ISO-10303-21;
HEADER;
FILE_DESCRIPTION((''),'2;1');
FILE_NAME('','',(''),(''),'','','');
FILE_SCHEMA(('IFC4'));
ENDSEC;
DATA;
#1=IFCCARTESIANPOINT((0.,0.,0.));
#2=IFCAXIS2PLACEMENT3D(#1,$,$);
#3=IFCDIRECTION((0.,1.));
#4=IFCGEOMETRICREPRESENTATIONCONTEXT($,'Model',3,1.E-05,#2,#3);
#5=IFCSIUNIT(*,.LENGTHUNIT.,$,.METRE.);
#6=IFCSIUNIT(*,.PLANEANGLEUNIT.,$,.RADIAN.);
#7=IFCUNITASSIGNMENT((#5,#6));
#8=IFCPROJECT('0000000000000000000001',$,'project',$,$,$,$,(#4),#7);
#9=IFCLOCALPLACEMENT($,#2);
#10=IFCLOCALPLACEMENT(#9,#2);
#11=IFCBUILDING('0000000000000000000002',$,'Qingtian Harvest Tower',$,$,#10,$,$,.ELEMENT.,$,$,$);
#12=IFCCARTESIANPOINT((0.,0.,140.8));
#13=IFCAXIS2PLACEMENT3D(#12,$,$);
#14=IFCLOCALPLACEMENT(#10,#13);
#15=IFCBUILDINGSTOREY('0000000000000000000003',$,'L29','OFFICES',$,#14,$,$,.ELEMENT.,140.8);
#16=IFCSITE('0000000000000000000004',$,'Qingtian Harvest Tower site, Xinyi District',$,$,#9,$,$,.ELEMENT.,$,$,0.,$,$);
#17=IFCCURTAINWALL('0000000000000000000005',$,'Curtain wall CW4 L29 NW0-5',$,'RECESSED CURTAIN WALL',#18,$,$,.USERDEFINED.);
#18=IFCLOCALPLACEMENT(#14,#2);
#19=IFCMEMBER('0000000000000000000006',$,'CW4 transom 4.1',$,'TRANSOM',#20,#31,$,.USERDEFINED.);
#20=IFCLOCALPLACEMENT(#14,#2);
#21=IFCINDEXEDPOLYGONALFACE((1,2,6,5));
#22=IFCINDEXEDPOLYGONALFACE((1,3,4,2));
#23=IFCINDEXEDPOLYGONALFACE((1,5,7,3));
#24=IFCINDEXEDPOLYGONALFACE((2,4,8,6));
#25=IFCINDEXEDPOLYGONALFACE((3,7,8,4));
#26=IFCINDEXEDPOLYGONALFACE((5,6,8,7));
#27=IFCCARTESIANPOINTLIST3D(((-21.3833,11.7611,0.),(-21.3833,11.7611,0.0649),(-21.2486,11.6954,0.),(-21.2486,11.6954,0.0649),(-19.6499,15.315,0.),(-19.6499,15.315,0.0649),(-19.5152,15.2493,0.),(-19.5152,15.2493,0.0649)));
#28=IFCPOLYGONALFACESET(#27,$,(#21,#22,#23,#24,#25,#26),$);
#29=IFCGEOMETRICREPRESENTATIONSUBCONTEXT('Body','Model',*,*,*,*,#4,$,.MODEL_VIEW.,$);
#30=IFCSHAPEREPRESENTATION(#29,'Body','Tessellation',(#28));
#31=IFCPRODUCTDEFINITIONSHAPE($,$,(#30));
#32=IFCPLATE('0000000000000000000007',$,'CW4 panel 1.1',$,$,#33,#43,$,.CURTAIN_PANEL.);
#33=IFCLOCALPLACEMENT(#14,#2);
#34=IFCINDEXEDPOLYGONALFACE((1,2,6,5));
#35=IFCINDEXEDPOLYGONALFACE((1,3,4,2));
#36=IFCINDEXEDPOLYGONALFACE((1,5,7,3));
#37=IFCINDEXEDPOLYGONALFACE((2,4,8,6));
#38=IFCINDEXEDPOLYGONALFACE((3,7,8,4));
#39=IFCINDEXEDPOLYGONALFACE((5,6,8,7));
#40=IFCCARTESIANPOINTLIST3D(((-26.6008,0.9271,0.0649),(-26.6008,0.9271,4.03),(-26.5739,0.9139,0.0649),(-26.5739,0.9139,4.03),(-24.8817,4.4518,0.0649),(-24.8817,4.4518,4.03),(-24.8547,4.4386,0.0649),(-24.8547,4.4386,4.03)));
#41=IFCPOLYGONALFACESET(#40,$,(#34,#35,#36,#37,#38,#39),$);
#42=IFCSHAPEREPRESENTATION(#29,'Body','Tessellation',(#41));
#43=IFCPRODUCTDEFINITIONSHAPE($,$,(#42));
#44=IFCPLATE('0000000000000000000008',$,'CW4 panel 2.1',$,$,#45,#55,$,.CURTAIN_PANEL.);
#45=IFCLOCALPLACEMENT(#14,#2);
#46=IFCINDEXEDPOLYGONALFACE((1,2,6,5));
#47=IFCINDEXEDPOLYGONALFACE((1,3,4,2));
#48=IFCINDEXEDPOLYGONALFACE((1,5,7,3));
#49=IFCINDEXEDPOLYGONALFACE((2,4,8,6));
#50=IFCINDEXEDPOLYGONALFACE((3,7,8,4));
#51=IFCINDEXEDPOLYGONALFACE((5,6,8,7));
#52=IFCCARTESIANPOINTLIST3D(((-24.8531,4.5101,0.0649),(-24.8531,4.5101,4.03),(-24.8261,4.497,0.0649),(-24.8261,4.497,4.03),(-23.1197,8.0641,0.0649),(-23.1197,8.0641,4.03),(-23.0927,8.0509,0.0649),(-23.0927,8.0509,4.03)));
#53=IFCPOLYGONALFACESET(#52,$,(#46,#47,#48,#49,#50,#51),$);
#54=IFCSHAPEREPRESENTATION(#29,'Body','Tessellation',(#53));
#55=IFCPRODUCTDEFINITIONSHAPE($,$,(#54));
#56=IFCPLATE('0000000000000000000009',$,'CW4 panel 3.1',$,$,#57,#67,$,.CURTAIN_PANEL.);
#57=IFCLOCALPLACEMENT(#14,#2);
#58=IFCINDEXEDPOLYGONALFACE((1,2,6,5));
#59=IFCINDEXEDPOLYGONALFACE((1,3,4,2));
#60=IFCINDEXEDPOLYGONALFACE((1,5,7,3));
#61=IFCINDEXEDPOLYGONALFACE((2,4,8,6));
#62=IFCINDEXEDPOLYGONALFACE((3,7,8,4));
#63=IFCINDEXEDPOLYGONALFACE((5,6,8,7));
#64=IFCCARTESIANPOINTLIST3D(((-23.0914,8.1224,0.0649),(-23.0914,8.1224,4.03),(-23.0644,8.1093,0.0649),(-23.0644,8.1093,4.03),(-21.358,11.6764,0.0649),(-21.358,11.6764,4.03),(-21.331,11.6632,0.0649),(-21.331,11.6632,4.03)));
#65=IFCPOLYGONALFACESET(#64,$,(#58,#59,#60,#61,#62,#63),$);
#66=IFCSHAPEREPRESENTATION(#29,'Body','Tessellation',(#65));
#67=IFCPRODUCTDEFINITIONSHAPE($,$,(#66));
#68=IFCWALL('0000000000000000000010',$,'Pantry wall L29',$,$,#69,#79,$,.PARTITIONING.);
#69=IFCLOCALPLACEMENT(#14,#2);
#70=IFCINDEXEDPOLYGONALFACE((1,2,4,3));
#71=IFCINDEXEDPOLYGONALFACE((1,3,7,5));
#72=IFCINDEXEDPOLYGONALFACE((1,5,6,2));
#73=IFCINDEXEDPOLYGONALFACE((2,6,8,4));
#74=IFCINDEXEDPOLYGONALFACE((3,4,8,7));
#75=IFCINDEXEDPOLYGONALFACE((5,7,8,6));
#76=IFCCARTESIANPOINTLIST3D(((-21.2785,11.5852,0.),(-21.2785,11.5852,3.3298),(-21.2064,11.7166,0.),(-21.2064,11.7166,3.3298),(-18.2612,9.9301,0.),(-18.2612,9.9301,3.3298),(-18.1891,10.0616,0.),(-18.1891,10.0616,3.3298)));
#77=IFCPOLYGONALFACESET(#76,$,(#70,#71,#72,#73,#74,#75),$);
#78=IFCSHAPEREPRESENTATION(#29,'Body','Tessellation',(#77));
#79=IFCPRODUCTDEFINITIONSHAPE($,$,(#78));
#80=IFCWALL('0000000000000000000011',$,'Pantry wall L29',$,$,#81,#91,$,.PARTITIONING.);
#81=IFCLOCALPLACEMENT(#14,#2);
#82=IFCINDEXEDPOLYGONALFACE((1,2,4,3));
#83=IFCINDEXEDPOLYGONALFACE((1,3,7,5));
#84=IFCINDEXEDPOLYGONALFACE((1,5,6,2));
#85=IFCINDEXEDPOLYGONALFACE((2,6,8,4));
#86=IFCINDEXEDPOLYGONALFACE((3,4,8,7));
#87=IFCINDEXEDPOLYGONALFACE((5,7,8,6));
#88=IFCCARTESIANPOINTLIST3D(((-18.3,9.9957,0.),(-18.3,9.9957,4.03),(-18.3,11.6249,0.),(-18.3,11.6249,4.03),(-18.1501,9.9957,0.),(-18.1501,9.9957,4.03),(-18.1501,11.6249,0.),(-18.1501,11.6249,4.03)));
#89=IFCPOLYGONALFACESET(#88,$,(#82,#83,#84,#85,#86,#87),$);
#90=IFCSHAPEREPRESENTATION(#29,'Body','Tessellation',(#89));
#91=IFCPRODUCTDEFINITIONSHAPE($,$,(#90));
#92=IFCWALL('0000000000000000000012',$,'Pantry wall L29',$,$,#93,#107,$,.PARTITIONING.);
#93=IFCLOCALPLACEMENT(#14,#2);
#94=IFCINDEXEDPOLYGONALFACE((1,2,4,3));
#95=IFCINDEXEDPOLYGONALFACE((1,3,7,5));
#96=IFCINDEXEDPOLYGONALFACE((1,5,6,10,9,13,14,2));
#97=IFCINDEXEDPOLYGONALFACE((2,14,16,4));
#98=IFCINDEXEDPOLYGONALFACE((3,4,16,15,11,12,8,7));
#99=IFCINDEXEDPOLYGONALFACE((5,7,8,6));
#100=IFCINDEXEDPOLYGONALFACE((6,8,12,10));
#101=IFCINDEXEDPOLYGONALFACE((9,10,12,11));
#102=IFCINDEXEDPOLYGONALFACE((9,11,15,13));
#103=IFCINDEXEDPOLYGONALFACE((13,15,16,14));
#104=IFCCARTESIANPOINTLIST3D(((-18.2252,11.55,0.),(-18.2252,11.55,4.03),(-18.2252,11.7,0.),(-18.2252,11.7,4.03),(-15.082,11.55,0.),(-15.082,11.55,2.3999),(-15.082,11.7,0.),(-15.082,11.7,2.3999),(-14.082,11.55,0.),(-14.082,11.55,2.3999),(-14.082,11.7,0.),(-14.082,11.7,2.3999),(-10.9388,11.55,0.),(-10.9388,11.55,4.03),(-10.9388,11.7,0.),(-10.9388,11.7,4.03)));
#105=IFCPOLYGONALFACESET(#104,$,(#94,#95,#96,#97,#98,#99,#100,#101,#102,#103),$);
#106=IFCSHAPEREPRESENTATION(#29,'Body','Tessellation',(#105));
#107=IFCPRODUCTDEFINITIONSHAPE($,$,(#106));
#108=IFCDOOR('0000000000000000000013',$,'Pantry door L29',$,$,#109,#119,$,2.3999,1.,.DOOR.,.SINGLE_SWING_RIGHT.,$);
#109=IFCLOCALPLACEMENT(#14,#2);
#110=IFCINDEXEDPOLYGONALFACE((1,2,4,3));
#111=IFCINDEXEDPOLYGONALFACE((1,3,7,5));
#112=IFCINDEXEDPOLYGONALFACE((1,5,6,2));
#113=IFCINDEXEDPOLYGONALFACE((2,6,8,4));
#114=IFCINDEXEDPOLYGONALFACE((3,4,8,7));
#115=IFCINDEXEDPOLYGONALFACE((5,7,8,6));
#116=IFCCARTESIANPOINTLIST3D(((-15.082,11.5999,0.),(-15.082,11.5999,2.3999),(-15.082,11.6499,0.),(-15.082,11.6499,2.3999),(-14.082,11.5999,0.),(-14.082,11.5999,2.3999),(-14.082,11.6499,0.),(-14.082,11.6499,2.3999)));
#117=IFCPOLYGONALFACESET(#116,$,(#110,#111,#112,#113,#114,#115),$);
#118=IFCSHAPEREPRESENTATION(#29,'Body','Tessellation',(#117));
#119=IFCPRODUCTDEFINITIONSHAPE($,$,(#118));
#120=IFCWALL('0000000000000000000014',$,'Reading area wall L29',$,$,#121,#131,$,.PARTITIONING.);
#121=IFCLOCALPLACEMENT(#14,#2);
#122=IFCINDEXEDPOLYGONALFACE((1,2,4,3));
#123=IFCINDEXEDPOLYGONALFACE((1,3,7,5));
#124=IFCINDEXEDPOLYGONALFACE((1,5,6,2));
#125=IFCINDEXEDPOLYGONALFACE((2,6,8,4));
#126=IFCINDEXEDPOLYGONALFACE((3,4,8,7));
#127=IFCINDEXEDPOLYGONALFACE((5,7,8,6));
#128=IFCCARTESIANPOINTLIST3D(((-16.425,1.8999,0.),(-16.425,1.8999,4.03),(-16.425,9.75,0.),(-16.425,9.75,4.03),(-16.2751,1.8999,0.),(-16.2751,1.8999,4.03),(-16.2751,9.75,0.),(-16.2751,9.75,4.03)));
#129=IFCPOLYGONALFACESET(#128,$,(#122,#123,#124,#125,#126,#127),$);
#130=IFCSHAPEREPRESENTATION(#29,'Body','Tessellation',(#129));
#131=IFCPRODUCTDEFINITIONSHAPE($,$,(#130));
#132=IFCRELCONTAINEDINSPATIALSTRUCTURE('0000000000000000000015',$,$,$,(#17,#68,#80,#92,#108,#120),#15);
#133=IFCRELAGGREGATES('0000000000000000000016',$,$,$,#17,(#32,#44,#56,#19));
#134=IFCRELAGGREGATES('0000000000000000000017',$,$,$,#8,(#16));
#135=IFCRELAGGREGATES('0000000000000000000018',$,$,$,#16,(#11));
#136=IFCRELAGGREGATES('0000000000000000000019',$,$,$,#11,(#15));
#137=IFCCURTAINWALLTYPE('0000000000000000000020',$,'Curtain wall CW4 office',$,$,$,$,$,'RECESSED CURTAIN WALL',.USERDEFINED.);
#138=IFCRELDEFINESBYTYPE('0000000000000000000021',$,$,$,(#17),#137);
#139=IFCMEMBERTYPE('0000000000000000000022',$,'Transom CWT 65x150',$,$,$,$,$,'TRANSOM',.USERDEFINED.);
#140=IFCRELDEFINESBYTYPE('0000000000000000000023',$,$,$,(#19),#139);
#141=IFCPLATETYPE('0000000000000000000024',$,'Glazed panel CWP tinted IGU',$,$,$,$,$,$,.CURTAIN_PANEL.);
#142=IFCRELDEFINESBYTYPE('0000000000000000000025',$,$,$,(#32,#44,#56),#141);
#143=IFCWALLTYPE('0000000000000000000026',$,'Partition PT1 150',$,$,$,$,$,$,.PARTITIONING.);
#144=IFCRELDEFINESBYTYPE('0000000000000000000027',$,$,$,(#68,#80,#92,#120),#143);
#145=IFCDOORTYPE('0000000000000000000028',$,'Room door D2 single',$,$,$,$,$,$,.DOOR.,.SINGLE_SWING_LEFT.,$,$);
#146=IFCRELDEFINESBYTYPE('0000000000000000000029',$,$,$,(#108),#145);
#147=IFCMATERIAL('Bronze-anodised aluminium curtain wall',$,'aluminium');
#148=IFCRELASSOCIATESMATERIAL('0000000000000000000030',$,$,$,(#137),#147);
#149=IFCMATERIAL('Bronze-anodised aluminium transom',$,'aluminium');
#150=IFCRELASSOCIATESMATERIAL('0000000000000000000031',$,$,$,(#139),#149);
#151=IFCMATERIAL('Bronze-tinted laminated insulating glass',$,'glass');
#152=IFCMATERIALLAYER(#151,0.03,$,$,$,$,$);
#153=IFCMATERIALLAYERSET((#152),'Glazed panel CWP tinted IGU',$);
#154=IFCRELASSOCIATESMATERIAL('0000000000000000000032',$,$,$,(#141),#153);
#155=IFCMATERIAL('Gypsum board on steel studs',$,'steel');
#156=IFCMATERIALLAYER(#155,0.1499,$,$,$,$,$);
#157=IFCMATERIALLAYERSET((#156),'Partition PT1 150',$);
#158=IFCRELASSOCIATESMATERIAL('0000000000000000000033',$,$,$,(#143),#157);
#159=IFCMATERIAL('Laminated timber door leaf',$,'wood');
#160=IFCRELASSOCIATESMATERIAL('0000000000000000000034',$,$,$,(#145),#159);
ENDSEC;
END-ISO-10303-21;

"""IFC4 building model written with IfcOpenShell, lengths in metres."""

from ifc_helpers import new_model, si_unit, direction, frame, frame_2d, origin, origin_2d, place, context, subcontext, project, spatial, rectangle, extrude, material, layer, layer_set, material_profile, profile_set, type_object, element, fill, aggregate, save


model = new_model("IFC4")

# Units and contexts
model_context = context("Model", 3, precision=1e-05, world=origin(), true_north=direction((0.0, 1.0)))
body_context = subcontext(model_context, "Body", "Model", "MODEL_VIEW")
ifc_project = project(units=[si_unit("LENGTHUNIT", "METRE"), si_unit("PLANEANGLEUNIT", "RADIAN")], contexts=[model_context])

# Site, building, storey
site_placement = place(None, origin())
site = spatial("IfcSite", under=ifc_project, at=site_placement, Name="Qingtian Harvest Tower site, Xinyi District", CompositionType="ELEMENT", RefElevation=0.0)
building_placement = place(site_placement, origin())
building = spatial("IfcBuilding", under=site, at=building_placement, Name="Qingtian Harvest Tower", CompositionType="ELEMENT")
storey_placement = place(building_placement, frame((0.0, 0.0, 140.8)))
storey = spatial("IfcBuildingStorey", under=building, at=storey_placement, Name="L29", Description="OFFICES", CompositionType="ELEMENT", Elevation=140.8)

# Shared definitions
ifc_material_1 = material(Name="Bronze-anodised aluminium curtain wall", Category="aluminium")
curtain_wall_type = type_object("IfcCurtainWallType", Name="Curtain wall CW4 office", ElementType="RECESSED CURTAIN WALL", PredefinedType="USERDEFINED", material=ifc_material_1)

# Curtain wall
curtain_wall_1_placement = place(storey_placement, origin())
curtain_wall_1 = element("IfcCurtainWall", 1, at=curtain_wall_1_placement, inside=storey, type_object=curtain_wall_type, Name="Curtain wall CW4 L29 NW0-5", ObjectType="RECESSED CURTAIN WALL", PredefinedType="USERDEFINED")

# Member
ifc_material_2 = material(Name="Bronze-anodised aluminium transom", Category="aluminium")
ifc_material_profile_1 = material_profile(ifc_material_2, rectangle(XDim=0.1499, YDim=0.0649, at=origin_2d()), Name="AL 65x150")
ifc_profile_set_1 = profile_set([ifc_material_profile_1], Name="Bronze-anodised aluminium transom")
member_type_1 = type_object("IfcMemberType", Name="Transom CWT 65x150", ElementType="TRANSOM", PredefinedType="USERDEFINED", material=ifc_profile_set_1)
member_1_placement = place(storey_placement, frame((-21.3159, 11.7283, 0.0325), z_axis=(0.438375, 0.898792, 0.0), x_axis=(-0.898792, 0.438375, 0.0)))
member_1 = element("IfcMember", 2, at=member_1_placement, type_object=member_type_1, Name="CW4 transom 4.1", ObjectType="TRANSOM", PredefinedType="USERDEFINED", context=body_context, shape_type="SweptSolid", body=[
    extrude(rectangle(XDim=0.1499, YDim=0.0649, at=origin_2d()), origin(), (0.0, 0.0, 1.0), 3.9541),
])

# Plates
ifc_material_3 = material(Name="Bronze-tinted laminated insulating glass", Category="glass")
ifc_layer_1 = layer(ifc_material_3, 0.03)
ifc_layer_set_1 = layer_set([ifc_layer_1], Name="Glazed panel CWP tinted IGU")
plate_type = type_object("IfcPlateType", Name="Glazed panel CWP tinted IGU", PredefinedType="CURTAIN_PANEL", material=ifc_layer_set_1)
plate_1_placement = place(storey_placement, frame((-25.7278, 2.6829, 0.0649), z_axis=(0.0, 0.0, 1.0), x_axis=(0.438371, 0.898794, 0.0)))
plate_1 = element("IfcPlate", 3, at=plate_1_placement, type_object=plate_type, Name="CW4 panel 1.1", PredefinedType="CURTAIN_PANEL", context=body_context, shape_type="SweptSolid", body=[
    extrude(rectangle(XDim=3.9216, YDim=0.03, at=origin_2d()), origin(), (0.0, 0.0, 1.0), 3.9651),
])
plate_2_placement = place(storey_placement, frame((-23.9729, 6.2805, 0.0649), z_axis=(0.0, 0.0, 1.0), x_axis=(0.438371, 0.898794, 0.0)))
plate_2 = element("IfcPlate", 4, at=plate_2_placement, type_object=plate_type, Name="CW4 panel 2.1", PredefinedType="CURTAIN_PANEL", context=body_context, shape_type="SweptSolid", body=[
    extrude(rectangle(XDim=3.9541, YDim=0.03, at=origin_2d()), origin(), (0.0, 0.0, 1.0), 3.9651),
])
plate_3_placement = place(storey_placement, frame((-22.2112, 9.8928, 0.0649), z_axis=(0.0, 0.0, 1.0), x_axis=(0.438371, 0.898794, 0.0)))
plate_3 = element("IfcPlate", 5, at=plate_3_placement, type_object=plate_type, Name="CW4 panel 3.1", PredefinedType="CURTAIN_PANEL", context=body_context, shape_type="SweptSolid", body=[
    extrude(rectangle(XDim=3.9541, YDim=0.03, at=origin_2d()), origin(), (0.0, 0.0, 1.0), 3.9651),
])
aggregate(curtain_wall_1, [plate_1, plate_2, plate_3, member_1])

# Walls
ifc_material_4 = material(Name="Gypsum board on steel studs", Category="steel")
ifc_layer_2 = layer(ifc_material_4, 0.1499)
ifc_layer_set_2 = layer_set([ifc_layer_2], Name="Partition PT1 150")
wall_type = type_object("IfcWallType", Name="Partition PT1 150", PredefinedType="PARTITIONING", material=ifc_layer_set_2)
wall_1_placement = place(storey_placement, frame((-21.2424, 11.6509, 0.0), z_axis=(0.0, 0.0, 1.0), x_axis=(0.876768, -0.480914, 0.0)))
element("IfcWall", 6, at=wall_1_placement, inside=storey, type_object=wall_type, Name="Pantry wall L29", PredefinedType="PARTITIONING", context=body_context, shape_type="SweptSolid", body=[
    extrude(rectangle(XDim=3.4414, YDim=0.1499, at=frame_2d((1.7207, 0.0))), origin(), (0.0, 0.0, 1.0), 3.3298),
])
wall_2_placement = place(storey_placement, frame((-18.2251, 9.9958, 0.0), z_axis=(0.0, 0.0, 1.0), x_axis=(0.0, 1.0, 0.0)))
element("IfcWall", 7, at=wall_2_placement, inside=storey, type_object=wall_type, Name="Pantry wall L29", PredefinedType="PARTITIONING", context=body_context, shape_type="SweptSolid", body=[
    extrude(rectangle(XDim=1.6292, YDim=0.1499, at=frame_2d((0.8145, 0.0))), origin(), (0.0, 0.0, 1.0), 4.03),
])

# Wall, opening, door
wall_3_placement = place(storey_placement, frame((-18.2251, 11.625, 0.0), z_axis=(0.0, 0.0, 1.0), x_axis=(1.0, 0.0, 0.0)))
wall_3 = element("IfcWall", 8, at=wall_3_placement, inside=storey, type_object=wall_type, Name="Pantry wall L29", PredefinedType="PARTITIONING", context=body_context, shape_type="SweptSolid", body=[
    extrude(rectangle(XDim=7.2864, YDim=0.1499, at=frame_2d((3.6431, 0.0))), origin(), (0.0, 0.0, 1.0), 4.03),
])
opening_placement = place(wall_3_placement, frame((3.1431, 0.0, 0.0)))
opening = element("IfcOpeningElement", 9, at=opening_placement, cuts=wall_3, PredefinedType="OPENING", context=body_context, shape_type="SweptSolid", body=[
    extrude(rectangle(XDim=1.0, YDim=2.3999, at=frame_2d((0.5, 1.2))), frame((0.0, 0.085, 0.0), z_axis=(0.0, -1.0, 0.0), x_axis=(1.0, 0.0, 0.0)), (0.0, 0.0, 1.0), 0.1699),
])
ifc_material_5 = material(Name="Laminated timber door leaf", Category="wood")
door_type = type_object("IfcDoorType", Name="Room door D2 single", OperationType="SINGLE_SWING_LEFT", PredefinedType="DOOR", material=ifc_material_5)
door_placement = place(opening_placement, origin())
door = element("IfcDoor", 10, at=door_placement, inside=storey, type_object=door_type, Name="Pantry door L29", OperationType="SINGLE_SWING_RIGHT", OverallHeight=2.3999, OverallWidth=1.0, PredefinedType="DOOR", context=body_context, shape_type="SweptSolid", body=[
    extrude(rectangle(XDim=1.0, YDim=2.3999, at=frame_2d((0.5, 1.2))), frame((0.0, 0.0249, 0.0), z_axis=(0.0, -1.0, 0.0), x_axis=(1.0, 0.0, 0.0)), (0.0, 0.0, 1.0), 0.05),
])
fill(opening, door)

# Wall
wall_4_placement = place(storey_placement, frame((-16.3501, 1.8999, 0.0), z_axis=(0.0, 0.0, 1.0), x_axis=(0.0, 1.0, 0.0)))
element("IfcWall", 11, at=wall_4_placement, inside=storey, type_object=wall_type, Name="Reading area wall L29", PredefinedType="PARTITIONING", context=body_context, shape_type="SweptSolid", body=[
    extrude(rectangle(XDim=7.8501, YDim=0.1499, at=frame_2d((3.925, 0.0))), origin(), (0.0, 0.0, 1.0), 4.03),
])

save(model, "model.ifc")
